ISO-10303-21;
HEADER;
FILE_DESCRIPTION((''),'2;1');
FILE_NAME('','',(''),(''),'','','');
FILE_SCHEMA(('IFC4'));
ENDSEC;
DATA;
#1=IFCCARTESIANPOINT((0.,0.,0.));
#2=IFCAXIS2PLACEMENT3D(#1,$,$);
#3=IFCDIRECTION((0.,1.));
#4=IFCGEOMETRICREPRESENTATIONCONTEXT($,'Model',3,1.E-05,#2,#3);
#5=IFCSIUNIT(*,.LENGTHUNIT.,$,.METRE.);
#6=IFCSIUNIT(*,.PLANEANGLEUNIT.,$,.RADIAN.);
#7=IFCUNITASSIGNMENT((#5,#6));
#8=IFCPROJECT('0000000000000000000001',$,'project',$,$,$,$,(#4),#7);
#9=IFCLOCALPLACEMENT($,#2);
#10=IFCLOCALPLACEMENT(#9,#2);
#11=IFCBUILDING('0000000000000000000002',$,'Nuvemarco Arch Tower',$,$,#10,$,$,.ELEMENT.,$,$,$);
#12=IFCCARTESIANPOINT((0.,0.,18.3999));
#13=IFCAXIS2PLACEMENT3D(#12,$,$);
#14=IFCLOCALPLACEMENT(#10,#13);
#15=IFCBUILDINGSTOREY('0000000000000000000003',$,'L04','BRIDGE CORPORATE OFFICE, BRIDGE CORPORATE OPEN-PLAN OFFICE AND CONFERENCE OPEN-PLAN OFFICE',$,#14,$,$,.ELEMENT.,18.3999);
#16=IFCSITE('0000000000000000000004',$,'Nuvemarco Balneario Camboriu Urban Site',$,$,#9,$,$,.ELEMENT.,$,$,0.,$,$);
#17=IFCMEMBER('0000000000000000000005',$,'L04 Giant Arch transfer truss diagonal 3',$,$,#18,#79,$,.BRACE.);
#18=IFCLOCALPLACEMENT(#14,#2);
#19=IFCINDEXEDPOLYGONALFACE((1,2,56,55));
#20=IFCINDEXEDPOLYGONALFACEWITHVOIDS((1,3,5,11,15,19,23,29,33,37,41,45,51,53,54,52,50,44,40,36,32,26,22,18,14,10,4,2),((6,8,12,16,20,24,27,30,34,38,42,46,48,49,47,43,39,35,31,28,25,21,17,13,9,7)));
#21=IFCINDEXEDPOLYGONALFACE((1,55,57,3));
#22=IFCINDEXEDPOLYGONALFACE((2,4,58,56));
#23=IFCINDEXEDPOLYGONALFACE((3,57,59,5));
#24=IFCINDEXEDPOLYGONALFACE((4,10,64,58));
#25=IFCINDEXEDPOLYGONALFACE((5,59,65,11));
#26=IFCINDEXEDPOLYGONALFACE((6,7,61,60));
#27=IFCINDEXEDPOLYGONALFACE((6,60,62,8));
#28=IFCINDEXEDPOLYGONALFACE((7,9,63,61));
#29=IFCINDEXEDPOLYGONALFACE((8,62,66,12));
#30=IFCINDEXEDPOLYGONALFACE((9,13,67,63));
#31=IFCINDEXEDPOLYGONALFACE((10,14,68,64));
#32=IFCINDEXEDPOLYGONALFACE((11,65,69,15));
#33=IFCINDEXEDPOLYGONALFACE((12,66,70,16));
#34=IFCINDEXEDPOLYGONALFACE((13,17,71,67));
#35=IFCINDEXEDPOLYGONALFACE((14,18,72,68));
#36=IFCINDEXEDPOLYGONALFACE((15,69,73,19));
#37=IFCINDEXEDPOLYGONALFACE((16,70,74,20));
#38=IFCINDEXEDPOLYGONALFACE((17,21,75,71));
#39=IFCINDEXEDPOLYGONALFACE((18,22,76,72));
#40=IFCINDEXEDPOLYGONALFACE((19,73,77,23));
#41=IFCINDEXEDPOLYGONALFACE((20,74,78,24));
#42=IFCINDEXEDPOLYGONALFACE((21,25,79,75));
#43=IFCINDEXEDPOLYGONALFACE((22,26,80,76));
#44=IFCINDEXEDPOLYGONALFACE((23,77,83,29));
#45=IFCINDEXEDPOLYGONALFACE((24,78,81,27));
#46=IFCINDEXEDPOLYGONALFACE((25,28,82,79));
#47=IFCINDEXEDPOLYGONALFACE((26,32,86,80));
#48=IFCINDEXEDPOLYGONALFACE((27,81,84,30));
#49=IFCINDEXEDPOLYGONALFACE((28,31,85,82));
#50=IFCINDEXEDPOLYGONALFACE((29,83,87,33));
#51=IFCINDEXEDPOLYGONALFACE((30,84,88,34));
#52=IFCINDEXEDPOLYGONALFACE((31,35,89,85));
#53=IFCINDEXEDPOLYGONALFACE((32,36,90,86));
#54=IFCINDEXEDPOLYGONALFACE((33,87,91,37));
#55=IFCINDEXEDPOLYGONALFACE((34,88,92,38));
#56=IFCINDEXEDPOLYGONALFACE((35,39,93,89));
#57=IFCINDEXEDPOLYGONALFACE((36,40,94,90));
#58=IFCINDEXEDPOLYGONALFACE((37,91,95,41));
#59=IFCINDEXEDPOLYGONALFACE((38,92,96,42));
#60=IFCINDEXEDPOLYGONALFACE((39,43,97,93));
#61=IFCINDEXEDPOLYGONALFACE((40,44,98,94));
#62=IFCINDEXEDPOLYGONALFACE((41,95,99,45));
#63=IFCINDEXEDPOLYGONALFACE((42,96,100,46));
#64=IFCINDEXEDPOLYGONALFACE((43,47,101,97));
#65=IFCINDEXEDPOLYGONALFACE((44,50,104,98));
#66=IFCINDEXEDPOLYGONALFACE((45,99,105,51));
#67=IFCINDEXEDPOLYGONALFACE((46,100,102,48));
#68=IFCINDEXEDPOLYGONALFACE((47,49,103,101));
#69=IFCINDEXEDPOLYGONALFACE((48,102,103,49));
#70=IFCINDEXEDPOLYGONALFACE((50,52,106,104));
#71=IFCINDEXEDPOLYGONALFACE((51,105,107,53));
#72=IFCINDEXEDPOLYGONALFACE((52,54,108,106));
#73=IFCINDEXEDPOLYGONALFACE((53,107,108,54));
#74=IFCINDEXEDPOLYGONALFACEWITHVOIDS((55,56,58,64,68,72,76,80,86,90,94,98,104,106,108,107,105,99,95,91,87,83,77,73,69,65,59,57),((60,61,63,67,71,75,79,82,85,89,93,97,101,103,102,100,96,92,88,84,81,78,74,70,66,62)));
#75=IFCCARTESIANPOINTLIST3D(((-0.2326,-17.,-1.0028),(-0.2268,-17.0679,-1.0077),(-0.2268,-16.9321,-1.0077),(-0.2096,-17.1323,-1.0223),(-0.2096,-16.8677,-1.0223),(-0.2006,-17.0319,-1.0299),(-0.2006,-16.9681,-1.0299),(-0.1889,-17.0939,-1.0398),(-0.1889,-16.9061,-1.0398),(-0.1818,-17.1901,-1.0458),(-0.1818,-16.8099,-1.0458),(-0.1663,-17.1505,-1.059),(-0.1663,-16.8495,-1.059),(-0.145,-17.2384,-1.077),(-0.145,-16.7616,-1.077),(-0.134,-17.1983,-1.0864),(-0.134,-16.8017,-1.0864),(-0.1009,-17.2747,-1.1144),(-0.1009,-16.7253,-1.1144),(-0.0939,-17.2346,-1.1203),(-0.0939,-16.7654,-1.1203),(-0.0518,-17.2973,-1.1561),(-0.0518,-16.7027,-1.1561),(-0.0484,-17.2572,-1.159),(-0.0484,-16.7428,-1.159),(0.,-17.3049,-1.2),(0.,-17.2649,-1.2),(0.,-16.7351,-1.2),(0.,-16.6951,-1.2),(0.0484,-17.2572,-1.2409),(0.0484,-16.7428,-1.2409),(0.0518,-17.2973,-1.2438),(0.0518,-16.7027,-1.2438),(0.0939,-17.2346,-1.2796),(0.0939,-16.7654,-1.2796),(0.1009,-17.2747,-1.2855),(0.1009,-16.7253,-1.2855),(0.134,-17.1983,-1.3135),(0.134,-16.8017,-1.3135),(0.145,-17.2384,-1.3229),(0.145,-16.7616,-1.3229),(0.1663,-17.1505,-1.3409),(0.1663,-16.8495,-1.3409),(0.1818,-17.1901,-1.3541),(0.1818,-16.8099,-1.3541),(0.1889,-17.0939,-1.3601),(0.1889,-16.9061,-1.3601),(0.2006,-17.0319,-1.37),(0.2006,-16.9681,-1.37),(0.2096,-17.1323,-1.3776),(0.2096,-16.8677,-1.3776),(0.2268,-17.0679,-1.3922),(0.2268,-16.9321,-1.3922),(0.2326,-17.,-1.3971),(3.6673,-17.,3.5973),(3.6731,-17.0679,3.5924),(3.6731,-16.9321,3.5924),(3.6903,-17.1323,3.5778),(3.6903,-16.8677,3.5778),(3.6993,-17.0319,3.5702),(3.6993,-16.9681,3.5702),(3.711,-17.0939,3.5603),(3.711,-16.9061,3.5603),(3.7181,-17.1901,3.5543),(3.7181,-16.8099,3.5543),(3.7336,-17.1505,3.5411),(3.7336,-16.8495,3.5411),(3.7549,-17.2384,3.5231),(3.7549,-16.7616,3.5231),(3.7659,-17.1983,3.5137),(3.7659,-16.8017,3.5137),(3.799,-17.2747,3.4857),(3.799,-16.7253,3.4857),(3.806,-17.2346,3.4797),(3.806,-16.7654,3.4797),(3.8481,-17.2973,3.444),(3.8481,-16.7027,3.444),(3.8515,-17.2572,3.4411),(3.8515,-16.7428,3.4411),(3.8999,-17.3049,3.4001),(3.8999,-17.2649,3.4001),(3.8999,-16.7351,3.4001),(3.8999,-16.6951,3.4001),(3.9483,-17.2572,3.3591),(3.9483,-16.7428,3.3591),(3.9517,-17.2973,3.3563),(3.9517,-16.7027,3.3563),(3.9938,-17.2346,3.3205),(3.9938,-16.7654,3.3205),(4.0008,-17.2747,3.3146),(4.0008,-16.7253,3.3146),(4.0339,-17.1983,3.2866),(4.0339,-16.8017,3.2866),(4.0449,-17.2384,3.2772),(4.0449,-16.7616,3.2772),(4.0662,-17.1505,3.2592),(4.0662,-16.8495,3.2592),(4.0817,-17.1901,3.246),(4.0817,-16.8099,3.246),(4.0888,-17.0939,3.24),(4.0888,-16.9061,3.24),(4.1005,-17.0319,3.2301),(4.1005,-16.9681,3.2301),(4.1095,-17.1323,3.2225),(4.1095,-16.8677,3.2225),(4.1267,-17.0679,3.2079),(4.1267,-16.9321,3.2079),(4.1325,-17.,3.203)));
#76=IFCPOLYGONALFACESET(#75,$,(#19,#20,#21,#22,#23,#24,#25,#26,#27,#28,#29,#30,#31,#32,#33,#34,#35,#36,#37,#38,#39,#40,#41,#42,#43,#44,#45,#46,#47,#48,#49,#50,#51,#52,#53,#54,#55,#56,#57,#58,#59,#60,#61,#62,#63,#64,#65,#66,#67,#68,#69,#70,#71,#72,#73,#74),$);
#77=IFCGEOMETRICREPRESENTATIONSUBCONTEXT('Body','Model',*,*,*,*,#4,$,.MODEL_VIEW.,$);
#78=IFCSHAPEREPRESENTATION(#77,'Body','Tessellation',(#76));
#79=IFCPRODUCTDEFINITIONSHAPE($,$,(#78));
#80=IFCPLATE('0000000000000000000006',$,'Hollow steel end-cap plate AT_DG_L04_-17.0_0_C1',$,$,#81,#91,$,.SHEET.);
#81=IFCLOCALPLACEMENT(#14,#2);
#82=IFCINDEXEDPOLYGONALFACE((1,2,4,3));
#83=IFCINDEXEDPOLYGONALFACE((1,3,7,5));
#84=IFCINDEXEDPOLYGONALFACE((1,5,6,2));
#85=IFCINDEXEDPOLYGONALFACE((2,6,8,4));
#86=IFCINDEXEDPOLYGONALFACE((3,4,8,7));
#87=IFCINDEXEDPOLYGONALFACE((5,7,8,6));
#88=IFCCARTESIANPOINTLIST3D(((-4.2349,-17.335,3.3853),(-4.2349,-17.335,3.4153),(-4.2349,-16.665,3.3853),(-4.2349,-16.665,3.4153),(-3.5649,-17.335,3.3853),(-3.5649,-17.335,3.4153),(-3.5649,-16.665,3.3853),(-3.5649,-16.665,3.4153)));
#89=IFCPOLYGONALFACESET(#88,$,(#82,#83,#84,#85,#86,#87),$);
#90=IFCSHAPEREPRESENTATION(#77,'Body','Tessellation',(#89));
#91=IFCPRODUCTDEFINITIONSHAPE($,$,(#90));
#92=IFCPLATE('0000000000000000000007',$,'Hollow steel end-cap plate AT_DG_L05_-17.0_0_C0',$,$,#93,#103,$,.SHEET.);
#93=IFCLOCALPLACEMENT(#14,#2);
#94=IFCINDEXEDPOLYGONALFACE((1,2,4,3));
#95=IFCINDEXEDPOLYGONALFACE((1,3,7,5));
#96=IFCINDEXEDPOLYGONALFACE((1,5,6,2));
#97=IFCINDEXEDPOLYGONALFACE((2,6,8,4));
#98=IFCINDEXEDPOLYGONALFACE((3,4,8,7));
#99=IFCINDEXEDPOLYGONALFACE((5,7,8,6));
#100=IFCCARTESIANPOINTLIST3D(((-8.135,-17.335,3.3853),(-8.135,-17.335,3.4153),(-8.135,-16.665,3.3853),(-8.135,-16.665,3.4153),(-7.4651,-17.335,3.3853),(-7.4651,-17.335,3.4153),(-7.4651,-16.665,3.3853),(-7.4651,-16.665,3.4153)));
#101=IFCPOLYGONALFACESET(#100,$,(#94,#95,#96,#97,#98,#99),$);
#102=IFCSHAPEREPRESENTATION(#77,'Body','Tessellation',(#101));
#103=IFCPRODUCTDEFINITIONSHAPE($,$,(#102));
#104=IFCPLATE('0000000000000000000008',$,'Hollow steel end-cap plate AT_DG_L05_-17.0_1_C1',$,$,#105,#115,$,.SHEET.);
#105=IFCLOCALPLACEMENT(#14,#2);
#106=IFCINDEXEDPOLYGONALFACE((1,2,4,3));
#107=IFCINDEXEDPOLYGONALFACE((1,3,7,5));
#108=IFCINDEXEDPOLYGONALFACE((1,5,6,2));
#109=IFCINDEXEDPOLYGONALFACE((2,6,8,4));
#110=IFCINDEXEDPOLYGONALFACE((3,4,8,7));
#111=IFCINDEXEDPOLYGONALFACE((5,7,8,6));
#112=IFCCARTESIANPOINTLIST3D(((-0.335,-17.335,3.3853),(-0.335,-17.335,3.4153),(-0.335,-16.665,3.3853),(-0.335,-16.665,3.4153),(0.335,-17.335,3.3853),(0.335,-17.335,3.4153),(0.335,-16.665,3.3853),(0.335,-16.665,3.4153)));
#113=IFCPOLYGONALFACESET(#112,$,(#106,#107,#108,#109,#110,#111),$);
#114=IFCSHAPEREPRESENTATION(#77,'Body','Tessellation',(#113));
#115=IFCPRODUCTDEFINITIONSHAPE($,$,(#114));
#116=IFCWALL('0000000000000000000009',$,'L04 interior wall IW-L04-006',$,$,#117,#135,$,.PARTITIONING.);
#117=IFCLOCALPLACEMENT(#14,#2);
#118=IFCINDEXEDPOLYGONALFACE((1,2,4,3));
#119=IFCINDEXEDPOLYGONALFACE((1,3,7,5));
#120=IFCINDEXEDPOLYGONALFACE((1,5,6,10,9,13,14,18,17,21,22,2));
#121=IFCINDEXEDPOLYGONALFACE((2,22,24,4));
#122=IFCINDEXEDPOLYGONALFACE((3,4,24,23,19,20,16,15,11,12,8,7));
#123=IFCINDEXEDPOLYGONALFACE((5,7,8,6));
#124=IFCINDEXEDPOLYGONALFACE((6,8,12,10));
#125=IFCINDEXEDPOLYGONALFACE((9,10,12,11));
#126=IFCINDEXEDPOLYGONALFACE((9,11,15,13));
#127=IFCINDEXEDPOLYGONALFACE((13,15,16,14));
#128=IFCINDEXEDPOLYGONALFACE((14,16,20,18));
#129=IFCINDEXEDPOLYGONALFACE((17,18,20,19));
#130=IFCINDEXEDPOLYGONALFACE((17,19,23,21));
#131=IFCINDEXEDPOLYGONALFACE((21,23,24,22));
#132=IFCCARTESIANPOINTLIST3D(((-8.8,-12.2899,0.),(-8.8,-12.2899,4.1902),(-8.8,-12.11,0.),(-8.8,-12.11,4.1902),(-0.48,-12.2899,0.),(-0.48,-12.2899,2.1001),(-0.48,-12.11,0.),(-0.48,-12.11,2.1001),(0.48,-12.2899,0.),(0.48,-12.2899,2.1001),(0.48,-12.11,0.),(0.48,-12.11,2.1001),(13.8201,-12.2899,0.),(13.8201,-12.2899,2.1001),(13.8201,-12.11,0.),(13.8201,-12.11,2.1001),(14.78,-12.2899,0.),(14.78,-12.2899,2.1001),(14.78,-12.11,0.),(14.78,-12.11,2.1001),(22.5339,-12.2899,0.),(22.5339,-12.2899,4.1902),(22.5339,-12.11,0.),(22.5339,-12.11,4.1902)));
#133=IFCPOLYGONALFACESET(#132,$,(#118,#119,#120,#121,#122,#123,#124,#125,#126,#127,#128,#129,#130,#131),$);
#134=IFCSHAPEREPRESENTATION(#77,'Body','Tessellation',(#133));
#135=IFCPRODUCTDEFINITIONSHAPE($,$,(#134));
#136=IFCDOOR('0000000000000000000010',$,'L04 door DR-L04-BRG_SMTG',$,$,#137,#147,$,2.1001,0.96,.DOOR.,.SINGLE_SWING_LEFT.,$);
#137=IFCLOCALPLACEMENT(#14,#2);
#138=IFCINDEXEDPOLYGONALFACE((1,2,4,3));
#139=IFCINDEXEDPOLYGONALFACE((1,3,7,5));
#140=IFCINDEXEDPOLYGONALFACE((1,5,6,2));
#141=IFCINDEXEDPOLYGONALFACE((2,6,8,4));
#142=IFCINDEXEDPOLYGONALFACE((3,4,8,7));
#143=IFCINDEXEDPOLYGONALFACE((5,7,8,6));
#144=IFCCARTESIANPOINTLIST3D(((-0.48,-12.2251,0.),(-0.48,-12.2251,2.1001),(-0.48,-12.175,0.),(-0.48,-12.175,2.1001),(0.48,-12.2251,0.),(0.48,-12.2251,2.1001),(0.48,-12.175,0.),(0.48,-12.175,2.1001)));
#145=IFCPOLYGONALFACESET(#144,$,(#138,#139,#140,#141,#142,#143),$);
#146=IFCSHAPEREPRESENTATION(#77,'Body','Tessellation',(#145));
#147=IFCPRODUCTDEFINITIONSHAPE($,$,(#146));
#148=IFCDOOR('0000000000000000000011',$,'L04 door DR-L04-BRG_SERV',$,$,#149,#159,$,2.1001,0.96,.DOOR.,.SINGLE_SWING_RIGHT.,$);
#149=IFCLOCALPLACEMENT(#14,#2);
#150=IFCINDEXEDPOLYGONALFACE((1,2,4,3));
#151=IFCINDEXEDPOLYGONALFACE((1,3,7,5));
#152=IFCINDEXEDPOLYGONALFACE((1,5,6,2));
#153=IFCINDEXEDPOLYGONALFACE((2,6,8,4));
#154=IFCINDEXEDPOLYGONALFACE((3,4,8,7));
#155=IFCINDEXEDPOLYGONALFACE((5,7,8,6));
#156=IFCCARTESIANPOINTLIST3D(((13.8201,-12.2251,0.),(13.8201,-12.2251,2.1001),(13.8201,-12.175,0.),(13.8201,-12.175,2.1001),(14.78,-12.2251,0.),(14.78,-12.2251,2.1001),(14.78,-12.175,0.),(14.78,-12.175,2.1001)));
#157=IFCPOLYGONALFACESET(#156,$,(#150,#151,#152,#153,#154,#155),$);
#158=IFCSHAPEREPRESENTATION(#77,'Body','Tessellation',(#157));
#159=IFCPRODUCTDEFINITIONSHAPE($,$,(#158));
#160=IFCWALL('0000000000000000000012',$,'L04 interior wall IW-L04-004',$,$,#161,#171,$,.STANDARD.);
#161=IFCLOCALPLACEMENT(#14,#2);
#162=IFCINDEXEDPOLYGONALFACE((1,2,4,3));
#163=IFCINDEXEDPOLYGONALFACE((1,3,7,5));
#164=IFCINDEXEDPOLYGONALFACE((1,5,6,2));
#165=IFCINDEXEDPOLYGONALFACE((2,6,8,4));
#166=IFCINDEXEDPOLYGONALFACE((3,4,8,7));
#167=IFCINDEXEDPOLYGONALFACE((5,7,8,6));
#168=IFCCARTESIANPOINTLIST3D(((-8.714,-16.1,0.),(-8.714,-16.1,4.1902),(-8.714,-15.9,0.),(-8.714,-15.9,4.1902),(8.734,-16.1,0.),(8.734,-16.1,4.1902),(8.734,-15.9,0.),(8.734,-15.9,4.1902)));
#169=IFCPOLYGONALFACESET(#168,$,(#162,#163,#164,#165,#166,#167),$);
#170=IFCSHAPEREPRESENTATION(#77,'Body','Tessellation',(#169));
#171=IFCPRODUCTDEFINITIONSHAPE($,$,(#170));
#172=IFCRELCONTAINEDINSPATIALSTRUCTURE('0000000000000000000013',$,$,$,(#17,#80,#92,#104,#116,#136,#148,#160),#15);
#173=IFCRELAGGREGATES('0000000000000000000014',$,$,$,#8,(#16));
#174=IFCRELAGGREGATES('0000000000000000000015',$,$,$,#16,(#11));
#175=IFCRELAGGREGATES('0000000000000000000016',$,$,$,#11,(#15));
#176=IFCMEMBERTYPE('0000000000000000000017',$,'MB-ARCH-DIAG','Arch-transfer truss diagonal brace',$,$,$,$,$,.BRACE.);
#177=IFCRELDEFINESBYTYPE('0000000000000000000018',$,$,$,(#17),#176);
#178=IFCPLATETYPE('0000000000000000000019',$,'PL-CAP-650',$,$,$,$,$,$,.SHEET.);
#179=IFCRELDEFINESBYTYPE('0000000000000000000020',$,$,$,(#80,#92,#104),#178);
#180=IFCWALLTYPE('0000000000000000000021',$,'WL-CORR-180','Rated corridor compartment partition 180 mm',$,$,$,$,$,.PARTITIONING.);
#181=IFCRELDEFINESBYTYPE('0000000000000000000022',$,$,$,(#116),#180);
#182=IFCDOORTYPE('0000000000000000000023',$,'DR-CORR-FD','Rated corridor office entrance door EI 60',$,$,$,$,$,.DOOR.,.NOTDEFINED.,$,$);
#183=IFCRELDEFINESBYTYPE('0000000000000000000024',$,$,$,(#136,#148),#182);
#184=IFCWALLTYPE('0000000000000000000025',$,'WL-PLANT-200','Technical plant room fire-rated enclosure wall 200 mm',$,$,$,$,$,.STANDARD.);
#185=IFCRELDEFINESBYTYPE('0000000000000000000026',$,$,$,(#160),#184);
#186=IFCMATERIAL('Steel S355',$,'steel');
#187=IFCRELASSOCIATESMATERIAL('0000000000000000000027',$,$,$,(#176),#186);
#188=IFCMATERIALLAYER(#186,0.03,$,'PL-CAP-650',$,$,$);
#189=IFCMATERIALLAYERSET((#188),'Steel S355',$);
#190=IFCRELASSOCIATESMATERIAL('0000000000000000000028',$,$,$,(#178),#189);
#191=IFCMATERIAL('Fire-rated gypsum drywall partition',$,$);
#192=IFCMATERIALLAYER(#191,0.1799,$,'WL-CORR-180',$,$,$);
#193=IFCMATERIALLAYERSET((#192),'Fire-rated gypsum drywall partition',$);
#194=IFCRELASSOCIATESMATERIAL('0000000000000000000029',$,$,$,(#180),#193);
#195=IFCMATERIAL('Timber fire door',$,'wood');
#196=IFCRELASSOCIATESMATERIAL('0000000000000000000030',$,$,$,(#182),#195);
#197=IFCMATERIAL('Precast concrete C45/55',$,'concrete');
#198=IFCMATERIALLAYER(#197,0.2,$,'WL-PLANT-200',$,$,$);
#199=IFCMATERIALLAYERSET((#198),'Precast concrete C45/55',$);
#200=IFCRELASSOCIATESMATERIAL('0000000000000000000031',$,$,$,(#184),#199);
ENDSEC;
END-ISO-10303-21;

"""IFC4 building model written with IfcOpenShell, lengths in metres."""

from ifc_helpers import new_model, si_unit, direction, frame, frame_2d, origin, origin_2d, place, context, subcontext, project, spatial, rectangle, hollow_circle, extrude, source, transform, mapped, material, layer, layer_set, material_profile, profile_set, type_object, type_shapes, element, fill, save


model = new_model("IFC4")

# Units and contexts
model_context = context("Model", 3, precision=1e-05, world=origin(), true_north=direction((0.0, 1.0)))
body_context = subcontext(model_context, "Body", "Model", "MODEL_VIEW")
ifc_project = project(units=[si_unit("LENGTHUNIT", "METRE"), si_unit("PLANEANGLEUNIT", "RADIAN")], contexts=[model_context])

# Site, building, storey
site_placement = place(None, origin())
site = spatial("IfcSite", under=ifc_project, at=site_placement, Name="Nuvemarco Balneario Camboriu Urban Site", CompositionType="ELEMENT", RefElevation=0.0)
building_placement = place(site_placement, origin())
building = spatial("IfcBuilding", under=site, at=building_placement, Name="Nuvemarco Arch Tower", CompositionType="ELEMENT")
storey_placement = place(building_placement, frame((0.0, 0.0, 18.3999)))
storey = spatial("IfcBuildingStorey", under=building, at=storey_placement, Name="L04", Description="BRIDGE CORPORATE OFFICE, BRIDGE CORPORATE OPEN-PLAN OFFICE AND CONFERENCE OPEN-PLAN OFFICE", CompositionType="ELEMENT", Elevation=18.3999)

# Member
ifc_material_1 = material(Name="Steel S355", Category="steel")
ifc_material_profile_1 = material_profile(ifc_material_1, hollow_circle(Radius=0.3049, WallThickness=0.04, at=origin_2d()), Name="CHS610x40")
ifc_profile_set_1 = profile_set([ifc_material_profile_1], Name="Steel S355")
member_type = type_object("IfcMemberType", Name="MB-ARCH-DIAG", Description="Arch-transfer truss diagonal brace", PredefinedType="BRACE", material=ifc_profile_set_1)
for number, where, z_axis, x_axis, name in (
    (1, (0.0, -17.0, -1.2), (0.646668, 0.0, 0.762772), (0.0, 1.0, 0.0), "L04 Giant Arch transfer truss diagonal 3"),
):
    element("IfcMember", number, at=place(storey_placement, frame(where, z_axis=z_axis, x_axis=x_axis)), inside=storey, type_object=member_type, Name=name, PredefinedType="BRACE", context=body_context, shape_type="SweptSolid", body=[
        extrude(hollow_circle(Radius=0.3049, WallThickness=0.04, at=origin_2d()), origin(), (0.0, 0.0, 1.0), 6.0308),
    ])

# Plates
ifc_layer_1 = layer(ifc_material_1, 0.03, Name="PL-CAP-650")
ifc_layer_set_1 = layer_set([ifc_layer_1], Name="Steel S355")
plate_type = type_object("IfcPlateType", Name="PL-CAP-650", PredefinedType="SHEET", material=ifc_layer_set_1)
shared_shape_1 = source(origin(), body_context, "Body", "SweptSolid", [
    extrude(rectangle(XDim=0.6699, YDim=0.6699, at=origin_2d()), origin(), (0.0, 0.0, 1.0), 0.03),
])
type_shapes(plate_type, [shared_shape_1])
for number, where, z_axis, x_axis, name in (
    (2, (-3.8999, -17.0, 3.3853), (0.0, 0.0, 1.0), (1.0, 0.0, 0.0), "Hollow steel end-cap plate AT_DG_L04_-17.0_0_C1"),
    (3, (-7.8, -17.0, 3.3853), (0.0, 0.0, 1.0), (1.0, 0.0, 0.0), "Hollow steel end-cap plate AT_DG_L05_-17.0_0_C0"),
    (4, (0.0, -17.0, 3.3853), (0.0, 0.0, 1.0), (1.0, 0.0, 0.0), "Hollow steel end-cap plate AT_DG_L05_-17.0_1_C1"),
):
    element("IfcPlate", number, at=place(storey_placement, frame(where, z_axis=z_axis, x_axis=x_axis)), inside=storey, type_object=plate_type, Name=name, PredefinedType="SHEET", context=body_context, shape_type="MappedRepresentation", body=[
        mapped(shared_shape_1, transform((0.0, 0.0, 0.0), scale=1.0)),
    ])

# Wall, openings, doors
ifc_material_2 = material(Name="Fire-rated gypsum drywall partition")
ifc_layer_2 = layer(ifc_material_2, 0.1799, Name="WL-CORR-180")
ifc_layer_set_2 = layer_set([ifc_layer_2], Name="Fire-rated gypsum drywall partition")
wall_type_1 = type_object("IfcWallType", Name="WL-CORR-180", Description="Rated corridor compartment partition 180 mm", PredefinedType="PARTITIONING", material=ifc_layer_set_2)
wall_1_placement = place(storey_placement, frame((-8.8, -12.2, 0.0), z_axis=(0.0, 0.0, 1.0), x_axis=(1.0, 0.0, 0.0)))
wall_1 = element("IfcWall", 5, at=wall_1_placement, inside=storey, type_object=wall_type_1, Name="L04 interior wall IW-L04-006", PredefinedType="PARTITIONING", context=body_context, shape_type="SweptSolid", body=[
    extrude(rectangle(XDim=31.334, YDim=0.1799, at=frame_2d((15.667, 0.0))), origin(), (0.0, 0.0, 1.0), 4.1902),
])
opening_1_placement = place(wall_1_placement, frame((8.3201, 0.0, 0.0)))
opening_1 = element("IfcOpeningElement", 6, at=opening_1_placement, cuts=wall_1, PredefinedType="OPENING", context=body_context, shape_type="SweptSolid", body=[
    extrude(rectangle(XDim=0.96, YDim=2.1001, at=frame_2d((0.48, 1.05))), frame((0.0, 0.0999, 0.0), z_axis=(0.0, -1.0, 0.0), x_axis=(1.0, 0.0, 0.0)), (0.0, 0.0, 1.0), 0.2),
])
opening_2_placement = place(wall_1_placement, frame((22.6201, 0.0, 0.0)))
opening_2 = element("IfcOpeningElement", 7, at=opening_2_placement, cuts=wall_1, PredefinedType="OPENING", context=body_context, shape_type="SweptSolid", body=[
    extrude(rectangle(XDim=0.96, YDim=2.1001, at=frame_2d((0.48, 1.05))), frame((0.0, 0.0999, 0.0), z_axis=(0.0, -1.0, 0.0), x_axis=(1.0, 0.0, 0.0)), (0.0, 0.0, 1.0), 0.2),
])
ifc_material_3 = material(Name="Timber fire door", Category="wood")
door_type = type_object("IfcDoorType", Name="DR-CORR-FD", Description="Rated corridor office entrance door EI 60", OperationType="NOTDEFINED", PredefinedType="DOOR", material=ifc_material_3)
shared_shape_2 = source(origin(), body_context, "Body", "SweptSolid", [
    extrude(rectangle(XDim=0.96, YDim=2.1001, at=frame_2d((0.48, 1.05))), frame((0.0, 0.0249, 0.0), z_axis=(0.0, -1.0, 0.0), x_axis=(1.0, 0.0, 0.0)), (0.0, 0.0, 1.0), 0.05),
])
type_shapes(door_type, [shared_shape_2])
door_1_placement = place(opening_1_placement, origin())
door_1 = element("IfcDoor", 8, at=door_1_placement, inside=storey, type_object=door_type, Name="L04 door DR-L04-BRG_SMTG", OperationType="SINGLE_SWING_LEFT", OverallHeight=2.1001, OverallWidth=0.96, PredefinedType="DOOR", context=body_context, shape_type="MappedRepresentation", body=[
    mapped(shared_shape_2, transform((0.0, 0.0, 0.0), scale=1.0)),
])
fill(opening_1, door_1)
door_2_placement = place(opening_2_placement, origin())
door_2 = element("IfcDoor", 9, at=door_2_placement, inside=storey, type_object=door_type, Name="L04 door DR-L04-BRG_SERV", OperationType="SINGLE_SWING_RIGHT", OverallHeight=2.1001, OverallWidth=0.96, PredefinedType="DOOR", context=body_context, shape_type="MappedRepresentation", body=[
    mapped(shared_shape_2, transform((0.0, 0.0, 0.0), scale=1.0)),
])
fill(opening_2, door_2)

# Wall
ifc_material_4 = material(Name="Precast concrete C45/55", Category="concrete")
ifc_layer_3 = layer(ifc_material_4, 0.2, Name="WL-PLANT-200")
ifc_layer_set_3 = layer_set([ifc_layer_3], Name="Precast concrete C45/55")
wall_type_2 = type_object("IfcWallType", Name="WL-PLANT-200", Description="Technical plant room fire-rated enclosure wall 200 mm", PredefinedType="STANDARD", material=ifc_layer_set_3)
wall_2_placement = place(storey_placement, frame((-8.7141, -16.0, 0.0), z_axis=(0.0, 0.0, 1.0), x_axis=(1.0, 0.0, 0.0)))
element("IfcWall", 10, at=wall_2_placement, inside=storey, type_object=wall_type_2, Name="L04 interior wall IW-L04-004", PredefinedType="STANDARD", context=body_context, shape_type="SweptSolid", body=[
    extrude(rectangle(XDim=17.448, YDim=0.2, at=frame_2d((8.7241, 0.0))), origin(), (0.0, 0.0, 1.0), 4.1902),
])

save(model, "model.ifc")
